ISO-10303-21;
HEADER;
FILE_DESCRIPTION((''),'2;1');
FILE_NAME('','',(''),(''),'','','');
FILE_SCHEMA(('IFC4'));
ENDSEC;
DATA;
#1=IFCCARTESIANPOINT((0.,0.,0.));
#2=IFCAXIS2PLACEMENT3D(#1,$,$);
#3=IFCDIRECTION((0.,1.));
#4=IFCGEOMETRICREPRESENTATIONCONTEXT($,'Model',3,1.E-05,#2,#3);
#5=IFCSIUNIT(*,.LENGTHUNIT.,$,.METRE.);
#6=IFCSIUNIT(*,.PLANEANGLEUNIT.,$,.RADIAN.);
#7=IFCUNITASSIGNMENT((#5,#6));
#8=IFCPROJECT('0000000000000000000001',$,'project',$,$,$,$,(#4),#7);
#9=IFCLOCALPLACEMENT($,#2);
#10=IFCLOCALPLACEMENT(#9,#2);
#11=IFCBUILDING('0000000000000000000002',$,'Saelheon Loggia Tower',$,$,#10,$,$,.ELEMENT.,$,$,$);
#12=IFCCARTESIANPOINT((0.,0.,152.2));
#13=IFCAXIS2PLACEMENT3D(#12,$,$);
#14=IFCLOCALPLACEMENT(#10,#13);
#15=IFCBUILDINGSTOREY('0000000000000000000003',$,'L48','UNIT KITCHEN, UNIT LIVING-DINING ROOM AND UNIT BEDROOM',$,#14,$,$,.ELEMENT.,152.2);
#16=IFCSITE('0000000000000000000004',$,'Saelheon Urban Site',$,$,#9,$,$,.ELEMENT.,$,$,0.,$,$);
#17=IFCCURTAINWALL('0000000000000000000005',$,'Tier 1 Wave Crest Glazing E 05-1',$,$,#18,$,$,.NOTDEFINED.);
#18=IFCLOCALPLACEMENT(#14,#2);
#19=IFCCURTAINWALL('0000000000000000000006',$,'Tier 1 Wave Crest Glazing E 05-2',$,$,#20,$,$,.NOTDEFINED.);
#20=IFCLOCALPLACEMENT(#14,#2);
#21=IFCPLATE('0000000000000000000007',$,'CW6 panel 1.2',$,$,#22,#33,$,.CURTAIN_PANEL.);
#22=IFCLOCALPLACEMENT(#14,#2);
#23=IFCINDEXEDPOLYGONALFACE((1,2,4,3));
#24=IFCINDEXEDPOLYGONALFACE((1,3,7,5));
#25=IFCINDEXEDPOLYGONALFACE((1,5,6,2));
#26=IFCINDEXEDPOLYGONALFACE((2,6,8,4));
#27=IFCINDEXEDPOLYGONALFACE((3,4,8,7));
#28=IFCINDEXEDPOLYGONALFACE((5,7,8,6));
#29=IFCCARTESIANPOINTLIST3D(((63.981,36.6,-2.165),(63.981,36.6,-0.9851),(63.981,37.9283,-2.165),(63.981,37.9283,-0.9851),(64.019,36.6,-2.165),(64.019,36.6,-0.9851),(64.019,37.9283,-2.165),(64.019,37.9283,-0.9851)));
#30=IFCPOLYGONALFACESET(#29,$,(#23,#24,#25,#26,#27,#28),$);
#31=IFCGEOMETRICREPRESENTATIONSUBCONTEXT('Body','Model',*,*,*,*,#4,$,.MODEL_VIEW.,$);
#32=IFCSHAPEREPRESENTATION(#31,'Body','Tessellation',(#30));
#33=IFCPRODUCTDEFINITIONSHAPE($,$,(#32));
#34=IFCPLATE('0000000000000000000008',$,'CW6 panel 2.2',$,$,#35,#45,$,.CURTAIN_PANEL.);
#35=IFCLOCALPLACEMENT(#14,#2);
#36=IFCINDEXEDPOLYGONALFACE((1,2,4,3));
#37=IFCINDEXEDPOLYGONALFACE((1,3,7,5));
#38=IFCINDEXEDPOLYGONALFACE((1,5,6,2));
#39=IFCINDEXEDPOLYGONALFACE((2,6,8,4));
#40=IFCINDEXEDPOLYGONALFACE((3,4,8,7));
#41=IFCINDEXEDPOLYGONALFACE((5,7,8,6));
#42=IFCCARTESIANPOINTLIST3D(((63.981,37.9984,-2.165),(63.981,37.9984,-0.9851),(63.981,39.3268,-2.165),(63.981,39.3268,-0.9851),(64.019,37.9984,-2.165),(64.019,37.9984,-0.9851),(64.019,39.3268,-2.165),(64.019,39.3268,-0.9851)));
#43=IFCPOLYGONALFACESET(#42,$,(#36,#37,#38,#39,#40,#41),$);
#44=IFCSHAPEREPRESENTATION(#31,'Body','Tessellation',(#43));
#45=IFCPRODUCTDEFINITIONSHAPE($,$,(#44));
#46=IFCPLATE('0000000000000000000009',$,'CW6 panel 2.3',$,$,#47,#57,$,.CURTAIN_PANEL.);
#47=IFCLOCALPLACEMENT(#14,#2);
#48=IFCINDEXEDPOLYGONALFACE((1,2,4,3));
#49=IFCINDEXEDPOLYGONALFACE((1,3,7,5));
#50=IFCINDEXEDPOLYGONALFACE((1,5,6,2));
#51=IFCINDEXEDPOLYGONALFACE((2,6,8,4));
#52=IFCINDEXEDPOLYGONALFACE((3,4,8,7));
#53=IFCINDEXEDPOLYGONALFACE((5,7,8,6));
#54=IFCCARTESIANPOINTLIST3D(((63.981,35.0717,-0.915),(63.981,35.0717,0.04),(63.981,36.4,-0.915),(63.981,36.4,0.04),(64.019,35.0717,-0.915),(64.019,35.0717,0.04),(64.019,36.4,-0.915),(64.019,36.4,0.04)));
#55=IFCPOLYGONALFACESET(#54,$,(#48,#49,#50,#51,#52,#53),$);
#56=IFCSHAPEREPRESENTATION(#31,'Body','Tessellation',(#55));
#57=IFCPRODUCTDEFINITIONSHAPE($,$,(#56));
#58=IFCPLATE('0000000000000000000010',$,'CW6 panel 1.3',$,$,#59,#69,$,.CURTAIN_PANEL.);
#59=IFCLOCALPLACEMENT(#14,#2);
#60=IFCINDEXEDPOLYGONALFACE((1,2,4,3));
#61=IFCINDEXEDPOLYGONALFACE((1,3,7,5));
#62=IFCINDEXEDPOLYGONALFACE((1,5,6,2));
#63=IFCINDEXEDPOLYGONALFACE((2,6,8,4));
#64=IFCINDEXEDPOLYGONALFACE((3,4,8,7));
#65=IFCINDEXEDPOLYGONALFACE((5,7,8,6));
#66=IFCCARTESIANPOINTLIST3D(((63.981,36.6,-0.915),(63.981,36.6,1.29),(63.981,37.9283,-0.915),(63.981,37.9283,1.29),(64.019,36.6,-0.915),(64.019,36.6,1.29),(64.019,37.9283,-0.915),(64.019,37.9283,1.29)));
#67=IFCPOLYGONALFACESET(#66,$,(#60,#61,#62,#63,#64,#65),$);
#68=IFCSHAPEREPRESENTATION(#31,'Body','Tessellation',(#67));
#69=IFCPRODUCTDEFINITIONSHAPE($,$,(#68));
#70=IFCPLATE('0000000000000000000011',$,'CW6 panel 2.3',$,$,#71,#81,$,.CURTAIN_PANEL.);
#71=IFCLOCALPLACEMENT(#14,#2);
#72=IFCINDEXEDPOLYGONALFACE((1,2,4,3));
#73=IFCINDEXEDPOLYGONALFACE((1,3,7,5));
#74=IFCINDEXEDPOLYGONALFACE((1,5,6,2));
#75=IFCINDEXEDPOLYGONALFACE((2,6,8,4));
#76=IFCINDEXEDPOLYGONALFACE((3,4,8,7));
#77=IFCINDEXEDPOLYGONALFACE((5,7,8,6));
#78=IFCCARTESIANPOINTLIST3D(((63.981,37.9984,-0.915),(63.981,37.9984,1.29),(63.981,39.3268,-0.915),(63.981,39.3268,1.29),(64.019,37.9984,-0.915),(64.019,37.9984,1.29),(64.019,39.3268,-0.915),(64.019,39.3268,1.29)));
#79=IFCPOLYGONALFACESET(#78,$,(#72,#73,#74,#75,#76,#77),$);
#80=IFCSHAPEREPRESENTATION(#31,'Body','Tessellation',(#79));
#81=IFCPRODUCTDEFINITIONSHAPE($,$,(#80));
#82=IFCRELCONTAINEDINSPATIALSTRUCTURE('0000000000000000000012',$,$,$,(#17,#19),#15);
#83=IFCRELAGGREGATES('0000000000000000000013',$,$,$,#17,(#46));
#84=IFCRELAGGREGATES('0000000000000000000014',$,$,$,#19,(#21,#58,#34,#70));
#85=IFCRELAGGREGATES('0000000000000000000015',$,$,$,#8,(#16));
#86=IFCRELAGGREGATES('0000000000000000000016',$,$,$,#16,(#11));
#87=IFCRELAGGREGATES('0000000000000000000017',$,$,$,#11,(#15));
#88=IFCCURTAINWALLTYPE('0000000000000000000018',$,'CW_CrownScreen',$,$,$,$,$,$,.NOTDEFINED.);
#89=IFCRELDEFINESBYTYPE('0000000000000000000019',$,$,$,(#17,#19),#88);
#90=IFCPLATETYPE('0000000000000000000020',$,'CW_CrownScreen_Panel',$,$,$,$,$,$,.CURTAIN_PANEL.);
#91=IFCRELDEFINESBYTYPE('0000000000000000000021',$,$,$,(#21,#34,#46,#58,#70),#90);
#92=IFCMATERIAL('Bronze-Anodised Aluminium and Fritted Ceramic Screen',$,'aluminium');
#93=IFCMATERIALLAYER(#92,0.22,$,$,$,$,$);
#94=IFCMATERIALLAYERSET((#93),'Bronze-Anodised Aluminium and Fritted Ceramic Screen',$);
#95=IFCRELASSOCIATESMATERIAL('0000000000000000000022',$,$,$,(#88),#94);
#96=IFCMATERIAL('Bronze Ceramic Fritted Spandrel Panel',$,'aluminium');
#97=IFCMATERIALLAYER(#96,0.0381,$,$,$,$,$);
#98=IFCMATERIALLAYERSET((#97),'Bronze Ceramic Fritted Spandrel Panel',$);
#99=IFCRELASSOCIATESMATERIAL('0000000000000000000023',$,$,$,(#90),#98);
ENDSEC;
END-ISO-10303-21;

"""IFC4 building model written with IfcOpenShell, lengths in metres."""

from ifc_helpers import new_model, si_unit, direction, frame, origin, origin_2d, place, context, subcontext, project, spatial, rectangle, extrude, source, transform, mapped, material, layer, layer_set, type_object, element, aggregate, save


model = new_model("IFC4")

# Units and contexts
model_context = context("Model", 3, precision=1e-05, world=origin(), true_north=direction((0.0, 1.0)))
body_context = subcontext(model_context, "Body", "Model", "MODEL_VIEW")
ifc_project = project(units=[si_unit("LENGTHUNIT", "METRE"), si_unit("PLANEANGLEUNIT", "RADIAN")], contexts=[model_context])

# Site, building, storey
site_placement = place(None, origin())
site = spatial("IfcSite", under=ifc_project, at=site_placement, Name="Saelheon Urban Site", CompositionType="ELEMENT", RefElevation=0.0)
building_placement = place(site_placement, origin())
building = spatial("IfcBuilding", under=site, at=building_placement, Name="Saelheon Loggia Tower", CompositionType="ELEMENT")
storey_placement = place(building_placement, frame((0.0, 0.0, 152.2)))
storey = spatial("IfcBuildingStorey", under=building, at=storey_placement, Name="L48", Description="UNIT KITCHEN, UNIT LIVING-DINING ROOM AND UNIT BEDROOM", CompositionType="ELEMENT", Elevation=152.2)

# Curtain walls
ifc_material_1 = material(Name="Bronze-Anodised Aluminium and Fritted Ceramic Screen", Category="aluminium")
ifc_layer_1 = layer(ifc_material_1, 0.22)
ifc_layer_set_1 = layer_set([ifc_layer_1], Name="Bronze-Anodised Aluminium and Fritted Ceramic Screen")
curtain_wall_type = type_object("IfcCurtainWallType", Name="CW_CrownScreen", PredefinedType="NOTDEFINED", material=ifc_layer_set_1)
curtain_wall_1_placement = place(storey_placement, origin())
curtain_wall_1 = element("IfcCurtainWall", 1, at=curtain_wall_1_placement, inside=storey, type_object=curtain_wall_type, Name="Tier 1 Wave Crest Glazing E 05-1", PredefinedType="NOTDEFINED")
curtain_wall_2_placement = place(storey_placement, origin())
curtain_wall_2 = element("IfcCurtainWall", 2, at=curtain_wall_2_placement, inside=storey, type_object=curtain_wall_type, Name="Tier 1 Wave Crest Glazing E 05-2", PredefinedType="NOTDEFINED")

# Plates
ifc_material_2 = material(Name="Bronze Ceramic Fritted Spandrel Panel", Category="aluminium")
ifc_layer_2 = layer(ifc_material_2, 0.0381)
ifc_layer_set_2 = layer_set([ifc_layer_2], Name="Bronze Ceramic Fritted Spandrel Panel")
plate_type = type_object("IfcPlateType", Name="CW_CrownScreen_Panel", PredefinedType="CURTAIN_PANEL", material=ifc_layer_set_2)
shared_shape_1 = source(origin(), body_context, "Body", "SweptSolid", [
    extrude(rectangle(XDim=1.3284, YDim=0.0381, at=origin_2d()), origin(), (0.0, 0.0, 1.0), 1.1799),
])
plate_1_placement = place(storey_placement, frame((64.0, 37.2642, -2.165), z_axis=(0.0, 0.0, 1.0), x_axis=(0.0, 1.0, 0.0)))
plate_1 = element("IfcPlate", 3, at=plate_1_placement, type_object=plate_type, Name="CW6 panel 1.2", PredefinedType="CURTAIN_PANEL", context=body_context, shape_type="MappedRepresentation", body=[
    mapped(shared_shape_1, transform((0.0, 0.0, 0.0), scale=1.0)),
])
plate_2_placement = place(storey_placement, frame((64.0, 38.6626, -2.165), z_axis=(0.0, 0.0, 1.0), x_axis=(0.0, 1.0, 0.0)))
plate_2 = element("IfcPlate", 4, at=plate_2_placement, type_object=plate_type, Name="CW6 panel 2.2", PredefinedType="CURTAIN_PANEL", context=body_context, shape_type="MappedRepresentation", body=[
    mapped(shared_shape_1, transform((0.0, 0.0, 0.0), scale=1.0)),
])
shared_shape_2 = source(origin(), body_context, "Body", "SweptSolid", [
    extrude(rectangle(XDim=1.3284, YDim=0.0381, at=origin_2d()), origin(), (0.0, 0.0, 1.0), 0.9551),
])
plate_3_placement = place(storey_placement, frame((64.0, 35.7358, -0.915), z_axis=(0.0, 0.0, 1.0), x_axis=(0.0, 1.0, 0.0)))
plate_3 = element("IfcPlate", 5, at=plate_3_placement, type_object=plate_type, Name="CW6 panel 2.3", PredefinedType="CURTAIN_PANEL", context=body_context, shape_type="MappedRepresentation", body=[
    mapped(shared_shape_2, transform((0.0, 0.0, 0.0), scale=1.0)),
])
aggregate(curtain_wall_1, [plate_3])
shared_shape_3 = source(origin(), body_context, "Body", "SweptSolid", [
    extrude(rectangle(XDim=1.3284, YDim=0.0381, at=origin_2d()), origin(), (0.0, 0.0, 1.0), 2.2051),
])
plate_4_placement = place(storey_placement, frame((64.0, 37.2642, -0.915), z_axis=(0.0, 0.0, 1.0), x_axis=(0.0, 1.0, 0.0)))
plate_4 = element("IfcPlate", 6, at=plate_4_placement, type_object=plate_type, Name="CW6 panel 1.3", PredefinedType="CURTAIN_PANEL", context=body_context, shape_type="MappedRepresentation", body=[
    mapped(shared_shape_3, transform((0.0, 0.0, 0.0), scale=1.0)),
])
plate_5_placement = place(storey_placement, frame((64.0, 38.6626, -0.915), z_axis=(0.0, 0.0, 1.0), x_axis=(0.0, 1.0, 0.0)))
plate_5 = element("IfcPlate", 7, at=plate_5_placement, type_object=plate_type, Name="CW6 panel 2.3", PredefinedType="CURTAIN_PANEL", context=body_context, shape_type="MappedRepresentation", body=[
    mapped(shared_shape_3, transform((0.0, 0.0, 0.0), scale=1.0)),
])
aggregate(curtain_wall_2, [plate_1, plate_4, plate_2, plate_5])

save(model, "model.ifc")
